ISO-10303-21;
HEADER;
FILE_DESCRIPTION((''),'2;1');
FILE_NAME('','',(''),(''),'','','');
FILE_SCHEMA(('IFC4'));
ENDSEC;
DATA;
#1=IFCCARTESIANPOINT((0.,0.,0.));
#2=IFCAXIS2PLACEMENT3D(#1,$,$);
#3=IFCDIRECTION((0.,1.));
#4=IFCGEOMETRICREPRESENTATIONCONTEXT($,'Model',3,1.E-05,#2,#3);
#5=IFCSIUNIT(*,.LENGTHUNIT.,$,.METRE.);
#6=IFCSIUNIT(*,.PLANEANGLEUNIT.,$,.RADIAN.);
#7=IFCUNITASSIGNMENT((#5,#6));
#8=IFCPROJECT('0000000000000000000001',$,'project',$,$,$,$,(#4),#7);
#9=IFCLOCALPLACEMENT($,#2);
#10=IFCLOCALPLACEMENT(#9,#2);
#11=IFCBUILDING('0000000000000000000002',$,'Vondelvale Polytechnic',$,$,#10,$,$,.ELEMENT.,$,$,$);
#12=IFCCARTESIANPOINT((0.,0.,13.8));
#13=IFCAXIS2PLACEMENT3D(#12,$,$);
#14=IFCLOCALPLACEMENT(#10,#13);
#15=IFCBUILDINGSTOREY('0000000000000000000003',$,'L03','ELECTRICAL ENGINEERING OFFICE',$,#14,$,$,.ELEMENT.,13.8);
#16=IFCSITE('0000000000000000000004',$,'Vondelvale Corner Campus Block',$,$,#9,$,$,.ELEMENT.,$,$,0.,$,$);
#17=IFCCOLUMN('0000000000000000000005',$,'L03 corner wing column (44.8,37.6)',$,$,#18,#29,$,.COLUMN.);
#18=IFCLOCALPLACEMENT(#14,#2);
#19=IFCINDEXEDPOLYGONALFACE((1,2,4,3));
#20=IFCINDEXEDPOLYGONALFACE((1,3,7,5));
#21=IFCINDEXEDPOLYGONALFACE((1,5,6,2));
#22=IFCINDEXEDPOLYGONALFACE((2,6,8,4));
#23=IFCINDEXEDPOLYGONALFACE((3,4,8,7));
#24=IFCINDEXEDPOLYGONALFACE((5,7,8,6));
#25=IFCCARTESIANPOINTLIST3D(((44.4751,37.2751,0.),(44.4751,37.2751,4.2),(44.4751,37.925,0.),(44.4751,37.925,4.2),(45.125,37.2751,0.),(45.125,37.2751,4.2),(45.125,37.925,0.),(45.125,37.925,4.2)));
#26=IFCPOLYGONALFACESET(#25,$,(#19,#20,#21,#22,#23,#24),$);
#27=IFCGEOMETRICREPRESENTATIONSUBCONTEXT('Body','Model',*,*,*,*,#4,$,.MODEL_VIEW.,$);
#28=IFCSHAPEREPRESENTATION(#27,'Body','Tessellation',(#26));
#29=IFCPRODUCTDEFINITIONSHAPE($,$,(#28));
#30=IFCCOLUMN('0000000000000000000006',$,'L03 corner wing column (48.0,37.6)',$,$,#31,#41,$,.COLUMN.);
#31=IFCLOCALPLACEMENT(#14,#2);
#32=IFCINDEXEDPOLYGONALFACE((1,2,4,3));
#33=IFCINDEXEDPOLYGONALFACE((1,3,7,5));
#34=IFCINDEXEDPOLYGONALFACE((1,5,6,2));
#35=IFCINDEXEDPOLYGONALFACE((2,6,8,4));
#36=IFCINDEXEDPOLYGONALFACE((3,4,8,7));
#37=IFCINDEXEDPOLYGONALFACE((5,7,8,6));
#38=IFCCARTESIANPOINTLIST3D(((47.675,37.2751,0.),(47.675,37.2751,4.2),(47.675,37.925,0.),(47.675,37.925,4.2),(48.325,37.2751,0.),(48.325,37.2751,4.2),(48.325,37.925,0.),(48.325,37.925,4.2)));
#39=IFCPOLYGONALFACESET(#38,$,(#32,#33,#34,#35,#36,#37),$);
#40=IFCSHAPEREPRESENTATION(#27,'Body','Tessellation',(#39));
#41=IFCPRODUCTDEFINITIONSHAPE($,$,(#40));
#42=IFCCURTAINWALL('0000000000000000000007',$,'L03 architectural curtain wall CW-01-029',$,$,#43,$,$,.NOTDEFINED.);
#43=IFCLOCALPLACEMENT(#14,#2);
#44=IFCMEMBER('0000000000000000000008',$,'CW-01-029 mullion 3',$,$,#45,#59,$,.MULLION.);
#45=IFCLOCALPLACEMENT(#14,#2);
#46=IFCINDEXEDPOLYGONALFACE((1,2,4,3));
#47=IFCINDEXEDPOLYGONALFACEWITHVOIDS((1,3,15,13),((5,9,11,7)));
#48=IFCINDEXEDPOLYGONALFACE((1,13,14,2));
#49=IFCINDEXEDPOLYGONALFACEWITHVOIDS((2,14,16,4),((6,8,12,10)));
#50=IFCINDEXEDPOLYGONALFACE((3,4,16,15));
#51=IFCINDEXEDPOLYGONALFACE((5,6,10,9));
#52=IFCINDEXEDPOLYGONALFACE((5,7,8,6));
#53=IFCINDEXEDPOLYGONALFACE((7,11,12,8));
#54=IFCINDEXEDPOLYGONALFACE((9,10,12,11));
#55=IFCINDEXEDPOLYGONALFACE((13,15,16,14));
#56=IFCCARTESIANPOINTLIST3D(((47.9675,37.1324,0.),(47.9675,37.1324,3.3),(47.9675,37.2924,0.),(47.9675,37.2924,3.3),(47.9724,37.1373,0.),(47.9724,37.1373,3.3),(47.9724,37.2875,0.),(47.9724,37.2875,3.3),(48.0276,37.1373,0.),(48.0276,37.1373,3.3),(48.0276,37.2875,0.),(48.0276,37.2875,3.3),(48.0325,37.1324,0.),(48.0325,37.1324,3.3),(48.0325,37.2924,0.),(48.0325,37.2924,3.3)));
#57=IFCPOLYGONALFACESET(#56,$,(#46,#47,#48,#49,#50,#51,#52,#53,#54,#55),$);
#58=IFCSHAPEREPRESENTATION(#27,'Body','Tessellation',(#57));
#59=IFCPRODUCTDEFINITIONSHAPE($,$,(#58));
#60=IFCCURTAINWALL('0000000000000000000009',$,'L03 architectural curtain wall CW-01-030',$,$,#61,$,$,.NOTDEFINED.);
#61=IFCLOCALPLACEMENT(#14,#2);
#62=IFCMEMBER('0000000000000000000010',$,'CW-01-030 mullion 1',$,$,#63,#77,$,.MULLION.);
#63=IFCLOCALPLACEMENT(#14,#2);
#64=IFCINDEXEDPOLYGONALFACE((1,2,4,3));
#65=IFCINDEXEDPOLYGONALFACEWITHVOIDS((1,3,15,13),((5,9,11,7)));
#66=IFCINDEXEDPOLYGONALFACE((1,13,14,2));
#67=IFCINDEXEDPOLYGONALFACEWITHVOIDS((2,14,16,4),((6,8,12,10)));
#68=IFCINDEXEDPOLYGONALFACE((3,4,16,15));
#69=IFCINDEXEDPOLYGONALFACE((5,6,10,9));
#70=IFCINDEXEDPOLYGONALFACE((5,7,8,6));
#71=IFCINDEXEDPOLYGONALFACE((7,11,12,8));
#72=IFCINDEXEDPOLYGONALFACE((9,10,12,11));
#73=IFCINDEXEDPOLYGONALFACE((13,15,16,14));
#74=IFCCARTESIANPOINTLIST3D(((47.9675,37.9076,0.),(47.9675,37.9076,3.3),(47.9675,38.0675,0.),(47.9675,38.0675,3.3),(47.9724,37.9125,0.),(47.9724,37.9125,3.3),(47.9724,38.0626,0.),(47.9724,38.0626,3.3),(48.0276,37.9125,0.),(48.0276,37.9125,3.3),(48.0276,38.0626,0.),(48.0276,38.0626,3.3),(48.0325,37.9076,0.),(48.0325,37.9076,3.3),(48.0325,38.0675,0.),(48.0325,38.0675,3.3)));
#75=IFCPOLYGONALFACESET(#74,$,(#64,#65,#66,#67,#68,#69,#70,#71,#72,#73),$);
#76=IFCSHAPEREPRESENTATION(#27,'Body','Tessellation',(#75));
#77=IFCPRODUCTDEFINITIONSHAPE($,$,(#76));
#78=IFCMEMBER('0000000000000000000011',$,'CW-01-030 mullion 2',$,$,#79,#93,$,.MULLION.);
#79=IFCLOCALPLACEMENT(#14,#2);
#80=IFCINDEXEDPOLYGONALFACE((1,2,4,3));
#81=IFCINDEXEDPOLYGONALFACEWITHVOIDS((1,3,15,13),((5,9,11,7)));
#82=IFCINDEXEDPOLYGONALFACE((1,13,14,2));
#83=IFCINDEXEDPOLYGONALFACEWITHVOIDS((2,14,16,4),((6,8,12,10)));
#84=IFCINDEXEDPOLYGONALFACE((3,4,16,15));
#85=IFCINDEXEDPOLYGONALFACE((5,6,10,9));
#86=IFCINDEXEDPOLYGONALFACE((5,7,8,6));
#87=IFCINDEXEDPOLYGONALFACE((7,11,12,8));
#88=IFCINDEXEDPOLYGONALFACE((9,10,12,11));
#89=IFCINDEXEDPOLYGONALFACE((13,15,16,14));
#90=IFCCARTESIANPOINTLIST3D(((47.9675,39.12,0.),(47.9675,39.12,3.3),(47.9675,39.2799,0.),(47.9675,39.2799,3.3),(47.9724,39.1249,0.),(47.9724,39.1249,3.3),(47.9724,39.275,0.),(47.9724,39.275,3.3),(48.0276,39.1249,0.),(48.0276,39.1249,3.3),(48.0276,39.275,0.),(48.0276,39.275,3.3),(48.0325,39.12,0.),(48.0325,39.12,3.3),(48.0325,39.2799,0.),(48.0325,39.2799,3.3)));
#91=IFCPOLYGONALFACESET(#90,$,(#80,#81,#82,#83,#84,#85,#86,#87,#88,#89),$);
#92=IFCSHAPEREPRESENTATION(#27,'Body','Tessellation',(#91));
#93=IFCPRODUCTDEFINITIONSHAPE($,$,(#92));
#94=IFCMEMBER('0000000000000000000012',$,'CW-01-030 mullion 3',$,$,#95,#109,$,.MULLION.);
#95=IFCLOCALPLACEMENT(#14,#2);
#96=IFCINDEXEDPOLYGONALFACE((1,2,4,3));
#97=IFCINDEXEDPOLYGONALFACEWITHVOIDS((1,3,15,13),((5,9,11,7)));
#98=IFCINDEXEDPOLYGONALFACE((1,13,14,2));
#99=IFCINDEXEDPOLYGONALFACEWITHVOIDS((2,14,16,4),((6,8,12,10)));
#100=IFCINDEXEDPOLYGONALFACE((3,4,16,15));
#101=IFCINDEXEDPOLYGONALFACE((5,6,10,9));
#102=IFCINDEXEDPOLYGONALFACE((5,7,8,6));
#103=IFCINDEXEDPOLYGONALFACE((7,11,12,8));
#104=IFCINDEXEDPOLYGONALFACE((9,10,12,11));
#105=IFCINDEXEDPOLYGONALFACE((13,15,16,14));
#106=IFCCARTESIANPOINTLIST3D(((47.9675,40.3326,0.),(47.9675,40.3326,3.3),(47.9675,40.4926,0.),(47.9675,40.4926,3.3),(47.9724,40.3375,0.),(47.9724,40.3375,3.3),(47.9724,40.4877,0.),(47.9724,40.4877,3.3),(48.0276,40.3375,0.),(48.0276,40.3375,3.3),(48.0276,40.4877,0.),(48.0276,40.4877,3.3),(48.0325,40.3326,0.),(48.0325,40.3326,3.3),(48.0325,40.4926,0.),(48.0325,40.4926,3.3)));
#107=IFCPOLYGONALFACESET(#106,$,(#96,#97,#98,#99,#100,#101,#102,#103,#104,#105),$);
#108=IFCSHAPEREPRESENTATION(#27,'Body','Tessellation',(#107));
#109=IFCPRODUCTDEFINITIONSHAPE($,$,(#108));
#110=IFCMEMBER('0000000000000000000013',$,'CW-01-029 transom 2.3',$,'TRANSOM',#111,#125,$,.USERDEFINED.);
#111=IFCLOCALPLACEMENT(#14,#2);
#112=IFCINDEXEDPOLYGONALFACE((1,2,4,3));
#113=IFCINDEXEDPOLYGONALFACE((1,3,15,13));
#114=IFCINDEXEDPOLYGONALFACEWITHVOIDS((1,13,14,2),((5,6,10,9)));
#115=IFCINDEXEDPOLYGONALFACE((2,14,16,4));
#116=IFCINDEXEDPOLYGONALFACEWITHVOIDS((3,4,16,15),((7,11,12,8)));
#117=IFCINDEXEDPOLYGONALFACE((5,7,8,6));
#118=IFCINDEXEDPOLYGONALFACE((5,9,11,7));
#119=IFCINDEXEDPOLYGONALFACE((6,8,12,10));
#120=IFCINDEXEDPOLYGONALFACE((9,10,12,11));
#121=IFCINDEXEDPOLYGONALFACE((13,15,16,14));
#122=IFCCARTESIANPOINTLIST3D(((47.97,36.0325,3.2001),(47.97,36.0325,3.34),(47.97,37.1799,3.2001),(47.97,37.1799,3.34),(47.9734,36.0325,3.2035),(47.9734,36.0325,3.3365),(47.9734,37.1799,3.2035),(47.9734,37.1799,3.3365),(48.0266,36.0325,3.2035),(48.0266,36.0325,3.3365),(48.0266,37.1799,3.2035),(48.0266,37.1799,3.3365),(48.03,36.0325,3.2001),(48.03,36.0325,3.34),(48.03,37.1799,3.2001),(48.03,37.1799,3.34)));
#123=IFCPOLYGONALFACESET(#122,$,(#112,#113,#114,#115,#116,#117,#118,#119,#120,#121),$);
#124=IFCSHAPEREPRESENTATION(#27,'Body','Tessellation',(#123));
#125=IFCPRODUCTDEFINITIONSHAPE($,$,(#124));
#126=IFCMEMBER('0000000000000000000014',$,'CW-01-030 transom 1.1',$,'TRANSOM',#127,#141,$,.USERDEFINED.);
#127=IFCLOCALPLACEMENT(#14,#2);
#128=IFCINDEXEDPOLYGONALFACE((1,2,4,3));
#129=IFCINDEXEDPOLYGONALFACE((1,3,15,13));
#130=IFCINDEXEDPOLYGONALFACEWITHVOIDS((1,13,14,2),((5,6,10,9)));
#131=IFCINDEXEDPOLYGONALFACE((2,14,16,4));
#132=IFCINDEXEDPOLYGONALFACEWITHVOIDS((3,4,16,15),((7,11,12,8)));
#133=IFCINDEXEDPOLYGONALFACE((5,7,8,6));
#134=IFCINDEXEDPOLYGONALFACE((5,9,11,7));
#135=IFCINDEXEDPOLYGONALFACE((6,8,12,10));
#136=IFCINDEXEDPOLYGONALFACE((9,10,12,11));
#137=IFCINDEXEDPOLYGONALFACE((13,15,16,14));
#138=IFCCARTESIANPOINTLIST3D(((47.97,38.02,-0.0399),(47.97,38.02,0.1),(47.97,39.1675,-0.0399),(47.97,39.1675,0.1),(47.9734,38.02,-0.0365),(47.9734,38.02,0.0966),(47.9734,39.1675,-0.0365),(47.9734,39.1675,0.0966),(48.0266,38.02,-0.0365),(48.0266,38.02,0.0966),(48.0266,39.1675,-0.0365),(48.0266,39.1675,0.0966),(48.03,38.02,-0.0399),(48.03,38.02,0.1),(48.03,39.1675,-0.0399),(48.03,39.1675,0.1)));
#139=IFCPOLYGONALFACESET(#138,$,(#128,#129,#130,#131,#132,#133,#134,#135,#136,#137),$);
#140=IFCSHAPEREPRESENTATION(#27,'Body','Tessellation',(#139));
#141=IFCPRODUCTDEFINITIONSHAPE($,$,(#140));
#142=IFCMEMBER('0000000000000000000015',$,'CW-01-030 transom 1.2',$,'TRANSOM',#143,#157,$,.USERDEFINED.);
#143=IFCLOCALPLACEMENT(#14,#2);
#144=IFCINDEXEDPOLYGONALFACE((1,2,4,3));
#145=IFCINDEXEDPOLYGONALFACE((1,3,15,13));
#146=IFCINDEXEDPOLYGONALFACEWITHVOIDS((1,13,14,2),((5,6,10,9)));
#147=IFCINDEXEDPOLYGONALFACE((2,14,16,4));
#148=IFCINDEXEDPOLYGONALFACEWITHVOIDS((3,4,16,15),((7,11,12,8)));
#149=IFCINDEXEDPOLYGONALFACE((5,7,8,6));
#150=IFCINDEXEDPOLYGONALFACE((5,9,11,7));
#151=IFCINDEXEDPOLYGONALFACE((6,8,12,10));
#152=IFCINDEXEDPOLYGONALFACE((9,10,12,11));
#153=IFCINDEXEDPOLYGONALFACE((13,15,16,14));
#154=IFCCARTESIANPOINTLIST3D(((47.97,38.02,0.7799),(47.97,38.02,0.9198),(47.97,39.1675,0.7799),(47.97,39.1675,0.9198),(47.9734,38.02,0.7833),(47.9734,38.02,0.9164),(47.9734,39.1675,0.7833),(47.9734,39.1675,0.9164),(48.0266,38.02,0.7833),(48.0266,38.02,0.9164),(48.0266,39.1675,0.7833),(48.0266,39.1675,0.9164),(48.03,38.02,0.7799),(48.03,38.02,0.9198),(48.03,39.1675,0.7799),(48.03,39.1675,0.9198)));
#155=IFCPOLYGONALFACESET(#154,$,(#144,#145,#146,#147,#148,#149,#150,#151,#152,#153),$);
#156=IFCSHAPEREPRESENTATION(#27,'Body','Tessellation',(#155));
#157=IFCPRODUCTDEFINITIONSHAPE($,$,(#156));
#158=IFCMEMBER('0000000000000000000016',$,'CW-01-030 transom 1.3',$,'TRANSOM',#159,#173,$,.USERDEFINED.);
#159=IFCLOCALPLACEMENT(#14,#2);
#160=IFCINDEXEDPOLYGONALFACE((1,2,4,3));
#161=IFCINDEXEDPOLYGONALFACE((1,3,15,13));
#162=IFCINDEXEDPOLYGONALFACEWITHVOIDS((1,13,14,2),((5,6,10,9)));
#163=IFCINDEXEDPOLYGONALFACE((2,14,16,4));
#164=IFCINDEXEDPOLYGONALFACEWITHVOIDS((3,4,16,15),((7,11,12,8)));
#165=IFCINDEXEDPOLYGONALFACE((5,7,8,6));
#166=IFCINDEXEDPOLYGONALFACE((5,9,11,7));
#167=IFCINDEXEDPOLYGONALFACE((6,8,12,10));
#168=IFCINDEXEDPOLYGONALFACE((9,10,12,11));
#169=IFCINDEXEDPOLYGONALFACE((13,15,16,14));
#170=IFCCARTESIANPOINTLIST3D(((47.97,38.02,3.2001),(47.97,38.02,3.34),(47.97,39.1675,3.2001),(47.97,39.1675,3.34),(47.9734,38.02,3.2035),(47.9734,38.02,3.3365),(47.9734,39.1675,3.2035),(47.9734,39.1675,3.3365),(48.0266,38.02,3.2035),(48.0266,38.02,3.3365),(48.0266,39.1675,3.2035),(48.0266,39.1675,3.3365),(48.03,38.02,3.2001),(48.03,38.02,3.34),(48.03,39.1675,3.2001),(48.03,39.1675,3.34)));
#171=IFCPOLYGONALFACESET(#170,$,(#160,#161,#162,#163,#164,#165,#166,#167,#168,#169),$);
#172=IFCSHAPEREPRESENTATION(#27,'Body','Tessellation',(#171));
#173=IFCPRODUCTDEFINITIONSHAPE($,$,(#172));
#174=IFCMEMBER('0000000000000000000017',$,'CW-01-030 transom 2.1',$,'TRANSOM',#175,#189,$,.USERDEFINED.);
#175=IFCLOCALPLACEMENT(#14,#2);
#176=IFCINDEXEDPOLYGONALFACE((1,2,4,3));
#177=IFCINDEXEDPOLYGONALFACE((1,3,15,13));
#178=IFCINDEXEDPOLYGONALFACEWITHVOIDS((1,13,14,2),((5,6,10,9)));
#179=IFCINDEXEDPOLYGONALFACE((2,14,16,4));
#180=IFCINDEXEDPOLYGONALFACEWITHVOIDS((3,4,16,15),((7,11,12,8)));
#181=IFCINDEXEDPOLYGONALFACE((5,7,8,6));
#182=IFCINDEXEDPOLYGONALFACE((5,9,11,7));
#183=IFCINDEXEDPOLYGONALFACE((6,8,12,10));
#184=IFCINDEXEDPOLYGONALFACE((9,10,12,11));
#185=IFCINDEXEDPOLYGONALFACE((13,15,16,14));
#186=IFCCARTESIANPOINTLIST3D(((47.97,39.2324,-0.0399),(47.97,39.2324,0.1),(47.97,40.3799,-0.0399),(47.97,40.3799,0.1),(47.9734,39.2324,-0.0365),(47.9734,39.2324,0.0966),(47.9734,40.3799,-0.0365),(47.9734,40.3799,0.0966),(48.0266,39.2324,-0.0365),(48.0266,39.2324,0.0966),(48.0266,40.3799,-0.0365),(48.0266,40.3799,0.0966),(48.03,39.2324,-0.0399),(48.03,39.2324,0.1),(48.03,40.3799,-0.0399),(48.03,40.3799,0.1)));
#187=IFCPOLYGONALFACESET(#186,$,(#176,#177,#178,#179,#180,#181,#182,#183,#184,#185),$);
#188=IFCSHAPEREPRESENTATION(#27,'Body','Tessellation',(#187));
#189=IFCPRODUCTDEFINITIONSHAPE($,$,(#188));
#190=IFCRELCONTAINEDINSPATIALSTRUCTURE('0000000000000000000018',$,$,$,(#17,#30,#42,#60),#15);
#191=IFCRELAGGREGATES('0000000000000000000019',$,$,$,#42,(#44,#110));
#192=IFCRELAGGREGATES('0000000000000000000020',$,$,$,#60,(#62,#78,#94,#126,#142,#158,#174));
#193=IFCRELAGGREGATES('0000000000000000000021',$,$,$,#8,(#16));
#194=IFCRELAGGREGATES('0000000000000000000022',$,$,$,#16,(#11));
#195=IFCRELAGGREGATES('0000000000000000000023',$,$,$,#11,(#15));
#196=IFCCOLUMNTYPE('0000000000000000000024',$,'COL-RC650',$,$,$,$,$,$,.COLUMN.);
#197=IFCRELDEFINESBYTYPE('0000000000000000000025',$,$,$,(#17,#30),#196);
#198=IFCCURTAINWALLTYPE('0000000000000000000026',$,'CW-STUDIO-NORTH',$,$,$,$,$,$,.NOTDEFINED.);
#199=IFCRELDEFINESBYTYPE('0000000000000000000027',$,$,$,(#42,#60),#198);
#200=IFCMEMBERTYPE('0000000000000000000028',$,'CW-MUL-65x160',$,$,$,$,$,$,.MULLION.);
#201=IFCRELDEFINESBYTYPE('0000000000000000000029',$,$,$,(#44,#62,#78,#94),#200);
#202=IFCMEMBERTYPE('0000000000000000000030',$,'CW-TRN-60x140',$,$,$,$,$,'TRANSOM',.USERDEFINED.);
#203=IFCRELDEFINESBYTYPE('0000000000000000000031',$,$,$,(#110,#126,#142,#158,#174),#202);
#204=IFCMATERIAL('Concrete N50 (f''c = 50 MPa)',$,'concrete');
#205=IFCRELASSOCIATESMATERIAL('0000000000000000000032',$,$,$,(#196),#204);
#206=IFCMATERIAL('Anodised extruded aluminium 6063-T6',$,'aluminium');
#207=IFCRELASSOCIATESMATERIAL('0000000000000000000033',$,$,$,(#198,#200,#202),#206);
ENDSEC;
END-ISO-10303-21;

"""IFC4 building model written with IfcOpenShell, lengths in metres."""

from ifc_helpers import new_model, si_unit, direction, frame, origin, origin_2d, place, context, subcontext, project, spatial, rectangle, hollow_rectangle, extrude, material, material_profile, profile_set, type_object, element, aggregate, save


model = new_model("IFC4")

# Units and contexts
model_context = context("Model", 3, precision=1e-05, world=origin(), true_north=direction((0.0, 1.0)))
body_context = subcontext(model_context, "Body", "Model", "MODEL_VIEW")
ifc_project = project(units=[si_unit("LENGTHUNIT", "METRE"), si_unit("PLANEANGLEUNIT", "RADIAN")], contexts=[model_context])

# Site, building, storey
site_placement = place(None, origin())
site = spatial("IfcSite", under=ifc_project, at=site_placement, Name="Vondelvale Corner Campus Block", CompositionType="ELEMENT", RefElevation=0.0)
building_placement = place(site_placement, origin())
building = spatial("IfcBuilding", under=site, at=building_placement, Name="Vondelvale Polytechnic", CompositionType="ELEMENT")
storey_placement = place(building_placement, frame((0.0, 0.0, 13.8)))
storey = spatial("IfcBuildingStorey", under=building, at=storey_placement, Name="L03", Description="ELECTRICAL ENGINEERING OFFICE", CompositionType="ELEMENT", Elevation=13.8)

# Columns
ifc_material_1 = material(Name="Concrete N50 (f'c = 50 MPa)", Category="concrete")
ifc_material_profile_1 = material_profile(ifc_material_1, rectangle(XDim=0.6499, YDim=0.6499, at=origin_2d()), Name="RC-COL-650x650")
ifc_profile_set_1 = profile_set([ifc_material_profile_1], Name="Concrete N50 (f'c = 50 MPa)")
column_type = type_object("IfcColumnType", Name="COL-RC650", PredefinedType="COLUMN", material=ifc_profile_set_1)
for number, where, z_axis, x_axis, name in (
    (1, (44.8, 37.6001, 0.0), (0.0, 0.0, 1.0), (1.0, 0.0, 0.0), "L03 corner wing column (44.8,37.6)"),
    (2, (48.0, 37.6001, 0.0), (0.0, 0.0, 1.0), (1.0, 0.0, 0.0), "L03 corner wing column (48.0,37.6)"),
):
    element("IfcColumn", number, at=place(storey_placement, frame(where, z_axis=z_axis, x_axis=x_axis)), inside=storey, type_object=column_type, Name=name, PredefinedType="COLUMN", context=body_context, shape_type="SweptSolid", body=[
        extrude(rectangle(XDim=0.6499, YDim=0.6499, at=origin_2d()), origin(), (0.0, 0.0, 1.0), 4.2),
    ])

# Curtain wall, member
ifc_material_2 = material(Name="Anodised extruded aluminium 6063-T6", Category="aluminium")
curtain_wall_type = type_object("IfcCurtainWallType", Name="CW-STUDIO-NORTH", PredefinedType="NOTDEFINED", material=ifc_material_2)
curtain_wall_1_placement = place(storey_placement, origin())
curtain_wall_1 = element("IfcCurtainWall", 3, at=curtain_wall_1_placement, inside=storey, type_object=curtain_wall_type, Name="L03 architectural curtain wall CW-01-029", PredefinedType="NOTDEFINED")
ifc_material_profile_2 = material_profile(ifc_material_2, hollow_rectangle(XDim=0.0649, YDim=0.1599, WallThickness=0.0049, at=origin_2d()), Name="CW-MUL-160x65")
ifc_profile_set_2 = profile_set([ifc_material_profile_2], Name="Anodised extruded aluminium 6063-T6")
member_type_1 = type_object("IfcMemberType", Name="CW-MUL-65x160", PredefinedType="MULLION", material=ifc_profile_set_2)
member_1_placement = place(storey_placement, frame((48.0, 37.2124, 0.0), z_axis=(0.0, 0.0, 1.0), x_axis=(-1.0, 0.0, 0.0)))
member_1 = element("IfcMember", 4, at=member_1_placement, type_object=member_type_1, Name="CW-01-029 mullion 3", PredefinedType="MULLION", context=body_context, shape_type="SweptSolid", body=[
    extrude(hollow_rectangle(XDim=0.0649, YDim=0.1599, WallThickness=0.0049, at=origin_2d()), origin(), (0.0, 0.0, 1.0), 3.3),
])

# Curtain wall, members
curtain_wall_2_placement = place(storey_placement, origin())
curtain_wall_2 = element("IfcCurtainWall", 5, at=curtain_wall_2_placement, inside=storey, type_object=curtain_wall_type, Name="L03 architectural curtain wall CW-01-030", PredefinedType="NOTDEFINED")
member_2_placement = place(storey_placement, frame((48.0, 37.9875, 0.0), z_axis=(0.0, 0.0, 1.0), x_axis=(-1.0, 0.0, 0.0)))
member_2 = element("IfcMember", 6, at=member_2_placement, type_object=member_type_1, Name="CW-01-030 mullion 1", PredefinedType="MULLION", context=body_context, shape_type="SweptSolid", body=[
    extrude(hollow_rectangle(XDim=0.0649, YDim=0.1599, WallThickness=0.0049, at=origin_2d()), origin(), (0.0, 0.0, 1.0), 3.3),
])
member_3_placement = place(storey_placement, frame((48.0, 39.2, 0.0), z_axis=(0.0, 0.0, 1.0), x_axis=(-1.0, 0.0, 0.0)))
member_3 = element("IfcMember", 7, at=member_3_placement, type_object=member_type_1, Name="CW-01-030 mullion 2", PredefinedType="MULLION", context=body_context, shape_type="SweptSolid", body=[
    extrude(hollow_rectangle(XDim=0.0649, YDim=0.1599, WallThickness=0.0049, at=origin_2d()), origin(), (0.0, 0.0, 1.0), 3.3),
])
member_4_placement = place(storey_placement, frame((48.0, 40.4126, 0.0), z_axis=(0.0, 0.0, 1.0), x_axis=(-1.0, 0.0, 0.0)))
member_4 = element("IfcMember", 8, at=member_4_placement, type_object=member_type_1, Name="CW-01-030 mullion 3", PredefinedType="MULLION", context=body_context, shape_type="SweptSolid", body=[
    extrude(hollow_rectangle(XDim=0.0649, YDim=0.1599, WallThickness=0.0049, at=origin_2d()), origin(), (0.0, 0.0, 1.0), 3.3),
])

# Members
ifc_material_profile_3 = material_profile(ifc_material_2, hollow_rectangle(XDim=0.0601, YDim=0.1399, WallThickness=0.0034, at=origin_2d()), Name="CW-TRN-140x60")
ifc_profile_set_3 = profile_set([ifc_material_profile_3], Name="Anodised extruded aluminium 6063-T6")
member_type_2 = type_object("IfcMemberType", Name="CW-TRN-60x140", ElementType="TRANSOM", PredefinedType="USERDEFINED", material=ifc_profile_set_3)
member_5_placement = place(storey_placement, frame((48.0, 36.0325, 3.27), z_axis=(0.0, 1.0, 0.0), x_axis=(-1.0, 0.0, 0.0)))
member_5 = element("IfcMember", 9, at=member_5_placement, type_object=member_type_2, Name="CW-01-029 transom 2.3", ObjectType="TRANSOM", PredefinedType="USERDEFINED", context=body_context, shape_type="SweptSolid", body=[
    extrude(hollow_rectangle(XDim=0.0601, YDim=0.1399, WallThickness=0.0034, at=origin_2d()), origin(), (0.0, 0.0, 1.0), 1.1475),
])
member_6_placement = place(storey_placement, frame((48.0, 38.02, 0.03), z_axis=(0.0, 1.0, 0.0), x_axis=(-1.0, 0.0, 0.0)))
member_6 = element("IfcMember", 10, at=member_6_placement, type_object=member_type_2, Name="CW-01-030 transom 1.1", ObjectType="TRANSOM", PredefinedType="USERDEFINED", context=body_context, shape_type="SweptSolid", body=[
    extrude(hollow_rectangle(XDim=0.0601, YDim=0.1399, WallThickness=0.0034, at=origin_2d()), origin(), (0.0, 0.0, 1.0), 1.1475),
])
member_7_placement = place(storey_placement, frame((48.0, 38.02, 0.8499), z_axis=(0.0, 1.0, 0.0), x_axis=(-1.0, 0.0, 0.0)))
member_7 = element("IfcMember", 11, at=member_7_placement, type_object=member_type_2, Name="CW-01-030 transom 1.2", ObjectType="TRANSOM", PredefinedType="USERDEFINED", context=body_context, shape_type="SweptSolid", body=[
    extrude(hollow_rectangle(XDim=0.0601, YDim=0.1399, WallThickness=0.0034, at=origin_2d()), origin(), (0.0, 0.0, 1.0), 1.1475),
])
member_8_placement = place(storey_placement, frame((48.0, 38.02, 3.27), z_axis=(0.0, 1.0, 0.0), x_axis=(-1.0, 0.0, 0.0)))
member_8 = element("IfcMember", 12, at=member_8_placement, type_object=member_type_2, Name="CW-01-030 transom 1.3", ObjectType="TRANSOM", PredefinedType="USERDEFINED", context=body_context, shape_type="SweptSolid", body=[
    extrude(hollow_rectangle(XDim=0.0601, YDim=0.1399, WallThickness=0.0034, at=origin_2d()), origin(), (0.0, 0.0, 1.0), 1.1475),
])
member_9_placement = place(storey_placement, frame((48.0, 39.2324, 0.03), z_axis=(0.0, 1.0, 0.0), x_axis=(-1.0, 0.0, 0.0)))
member_9 = element("IfcMember", 13, at=member_9_placement, type_object=member_type_2, Name="CW-01-030 transom 2.1", ObjectType="TRANSOM", PredefinedType="USERDEFINED", context=body_context, shape_type="SweptSolid", body=[
    extrude(hollow_rectangle(XDim=0.0601, YDim=0.1399, WallThickness=0.0034, at=origin_2d()), origin(), (0.0, 0.0, 1.0), 1.1475),
])

aggregate(curtain_wall_1, [member_1, member_5])
aggregate(curtain_wall_2, [member_2, member_3, member_4, member_6, member_7, member_8, member_9])

save(model, "model.ifc")
